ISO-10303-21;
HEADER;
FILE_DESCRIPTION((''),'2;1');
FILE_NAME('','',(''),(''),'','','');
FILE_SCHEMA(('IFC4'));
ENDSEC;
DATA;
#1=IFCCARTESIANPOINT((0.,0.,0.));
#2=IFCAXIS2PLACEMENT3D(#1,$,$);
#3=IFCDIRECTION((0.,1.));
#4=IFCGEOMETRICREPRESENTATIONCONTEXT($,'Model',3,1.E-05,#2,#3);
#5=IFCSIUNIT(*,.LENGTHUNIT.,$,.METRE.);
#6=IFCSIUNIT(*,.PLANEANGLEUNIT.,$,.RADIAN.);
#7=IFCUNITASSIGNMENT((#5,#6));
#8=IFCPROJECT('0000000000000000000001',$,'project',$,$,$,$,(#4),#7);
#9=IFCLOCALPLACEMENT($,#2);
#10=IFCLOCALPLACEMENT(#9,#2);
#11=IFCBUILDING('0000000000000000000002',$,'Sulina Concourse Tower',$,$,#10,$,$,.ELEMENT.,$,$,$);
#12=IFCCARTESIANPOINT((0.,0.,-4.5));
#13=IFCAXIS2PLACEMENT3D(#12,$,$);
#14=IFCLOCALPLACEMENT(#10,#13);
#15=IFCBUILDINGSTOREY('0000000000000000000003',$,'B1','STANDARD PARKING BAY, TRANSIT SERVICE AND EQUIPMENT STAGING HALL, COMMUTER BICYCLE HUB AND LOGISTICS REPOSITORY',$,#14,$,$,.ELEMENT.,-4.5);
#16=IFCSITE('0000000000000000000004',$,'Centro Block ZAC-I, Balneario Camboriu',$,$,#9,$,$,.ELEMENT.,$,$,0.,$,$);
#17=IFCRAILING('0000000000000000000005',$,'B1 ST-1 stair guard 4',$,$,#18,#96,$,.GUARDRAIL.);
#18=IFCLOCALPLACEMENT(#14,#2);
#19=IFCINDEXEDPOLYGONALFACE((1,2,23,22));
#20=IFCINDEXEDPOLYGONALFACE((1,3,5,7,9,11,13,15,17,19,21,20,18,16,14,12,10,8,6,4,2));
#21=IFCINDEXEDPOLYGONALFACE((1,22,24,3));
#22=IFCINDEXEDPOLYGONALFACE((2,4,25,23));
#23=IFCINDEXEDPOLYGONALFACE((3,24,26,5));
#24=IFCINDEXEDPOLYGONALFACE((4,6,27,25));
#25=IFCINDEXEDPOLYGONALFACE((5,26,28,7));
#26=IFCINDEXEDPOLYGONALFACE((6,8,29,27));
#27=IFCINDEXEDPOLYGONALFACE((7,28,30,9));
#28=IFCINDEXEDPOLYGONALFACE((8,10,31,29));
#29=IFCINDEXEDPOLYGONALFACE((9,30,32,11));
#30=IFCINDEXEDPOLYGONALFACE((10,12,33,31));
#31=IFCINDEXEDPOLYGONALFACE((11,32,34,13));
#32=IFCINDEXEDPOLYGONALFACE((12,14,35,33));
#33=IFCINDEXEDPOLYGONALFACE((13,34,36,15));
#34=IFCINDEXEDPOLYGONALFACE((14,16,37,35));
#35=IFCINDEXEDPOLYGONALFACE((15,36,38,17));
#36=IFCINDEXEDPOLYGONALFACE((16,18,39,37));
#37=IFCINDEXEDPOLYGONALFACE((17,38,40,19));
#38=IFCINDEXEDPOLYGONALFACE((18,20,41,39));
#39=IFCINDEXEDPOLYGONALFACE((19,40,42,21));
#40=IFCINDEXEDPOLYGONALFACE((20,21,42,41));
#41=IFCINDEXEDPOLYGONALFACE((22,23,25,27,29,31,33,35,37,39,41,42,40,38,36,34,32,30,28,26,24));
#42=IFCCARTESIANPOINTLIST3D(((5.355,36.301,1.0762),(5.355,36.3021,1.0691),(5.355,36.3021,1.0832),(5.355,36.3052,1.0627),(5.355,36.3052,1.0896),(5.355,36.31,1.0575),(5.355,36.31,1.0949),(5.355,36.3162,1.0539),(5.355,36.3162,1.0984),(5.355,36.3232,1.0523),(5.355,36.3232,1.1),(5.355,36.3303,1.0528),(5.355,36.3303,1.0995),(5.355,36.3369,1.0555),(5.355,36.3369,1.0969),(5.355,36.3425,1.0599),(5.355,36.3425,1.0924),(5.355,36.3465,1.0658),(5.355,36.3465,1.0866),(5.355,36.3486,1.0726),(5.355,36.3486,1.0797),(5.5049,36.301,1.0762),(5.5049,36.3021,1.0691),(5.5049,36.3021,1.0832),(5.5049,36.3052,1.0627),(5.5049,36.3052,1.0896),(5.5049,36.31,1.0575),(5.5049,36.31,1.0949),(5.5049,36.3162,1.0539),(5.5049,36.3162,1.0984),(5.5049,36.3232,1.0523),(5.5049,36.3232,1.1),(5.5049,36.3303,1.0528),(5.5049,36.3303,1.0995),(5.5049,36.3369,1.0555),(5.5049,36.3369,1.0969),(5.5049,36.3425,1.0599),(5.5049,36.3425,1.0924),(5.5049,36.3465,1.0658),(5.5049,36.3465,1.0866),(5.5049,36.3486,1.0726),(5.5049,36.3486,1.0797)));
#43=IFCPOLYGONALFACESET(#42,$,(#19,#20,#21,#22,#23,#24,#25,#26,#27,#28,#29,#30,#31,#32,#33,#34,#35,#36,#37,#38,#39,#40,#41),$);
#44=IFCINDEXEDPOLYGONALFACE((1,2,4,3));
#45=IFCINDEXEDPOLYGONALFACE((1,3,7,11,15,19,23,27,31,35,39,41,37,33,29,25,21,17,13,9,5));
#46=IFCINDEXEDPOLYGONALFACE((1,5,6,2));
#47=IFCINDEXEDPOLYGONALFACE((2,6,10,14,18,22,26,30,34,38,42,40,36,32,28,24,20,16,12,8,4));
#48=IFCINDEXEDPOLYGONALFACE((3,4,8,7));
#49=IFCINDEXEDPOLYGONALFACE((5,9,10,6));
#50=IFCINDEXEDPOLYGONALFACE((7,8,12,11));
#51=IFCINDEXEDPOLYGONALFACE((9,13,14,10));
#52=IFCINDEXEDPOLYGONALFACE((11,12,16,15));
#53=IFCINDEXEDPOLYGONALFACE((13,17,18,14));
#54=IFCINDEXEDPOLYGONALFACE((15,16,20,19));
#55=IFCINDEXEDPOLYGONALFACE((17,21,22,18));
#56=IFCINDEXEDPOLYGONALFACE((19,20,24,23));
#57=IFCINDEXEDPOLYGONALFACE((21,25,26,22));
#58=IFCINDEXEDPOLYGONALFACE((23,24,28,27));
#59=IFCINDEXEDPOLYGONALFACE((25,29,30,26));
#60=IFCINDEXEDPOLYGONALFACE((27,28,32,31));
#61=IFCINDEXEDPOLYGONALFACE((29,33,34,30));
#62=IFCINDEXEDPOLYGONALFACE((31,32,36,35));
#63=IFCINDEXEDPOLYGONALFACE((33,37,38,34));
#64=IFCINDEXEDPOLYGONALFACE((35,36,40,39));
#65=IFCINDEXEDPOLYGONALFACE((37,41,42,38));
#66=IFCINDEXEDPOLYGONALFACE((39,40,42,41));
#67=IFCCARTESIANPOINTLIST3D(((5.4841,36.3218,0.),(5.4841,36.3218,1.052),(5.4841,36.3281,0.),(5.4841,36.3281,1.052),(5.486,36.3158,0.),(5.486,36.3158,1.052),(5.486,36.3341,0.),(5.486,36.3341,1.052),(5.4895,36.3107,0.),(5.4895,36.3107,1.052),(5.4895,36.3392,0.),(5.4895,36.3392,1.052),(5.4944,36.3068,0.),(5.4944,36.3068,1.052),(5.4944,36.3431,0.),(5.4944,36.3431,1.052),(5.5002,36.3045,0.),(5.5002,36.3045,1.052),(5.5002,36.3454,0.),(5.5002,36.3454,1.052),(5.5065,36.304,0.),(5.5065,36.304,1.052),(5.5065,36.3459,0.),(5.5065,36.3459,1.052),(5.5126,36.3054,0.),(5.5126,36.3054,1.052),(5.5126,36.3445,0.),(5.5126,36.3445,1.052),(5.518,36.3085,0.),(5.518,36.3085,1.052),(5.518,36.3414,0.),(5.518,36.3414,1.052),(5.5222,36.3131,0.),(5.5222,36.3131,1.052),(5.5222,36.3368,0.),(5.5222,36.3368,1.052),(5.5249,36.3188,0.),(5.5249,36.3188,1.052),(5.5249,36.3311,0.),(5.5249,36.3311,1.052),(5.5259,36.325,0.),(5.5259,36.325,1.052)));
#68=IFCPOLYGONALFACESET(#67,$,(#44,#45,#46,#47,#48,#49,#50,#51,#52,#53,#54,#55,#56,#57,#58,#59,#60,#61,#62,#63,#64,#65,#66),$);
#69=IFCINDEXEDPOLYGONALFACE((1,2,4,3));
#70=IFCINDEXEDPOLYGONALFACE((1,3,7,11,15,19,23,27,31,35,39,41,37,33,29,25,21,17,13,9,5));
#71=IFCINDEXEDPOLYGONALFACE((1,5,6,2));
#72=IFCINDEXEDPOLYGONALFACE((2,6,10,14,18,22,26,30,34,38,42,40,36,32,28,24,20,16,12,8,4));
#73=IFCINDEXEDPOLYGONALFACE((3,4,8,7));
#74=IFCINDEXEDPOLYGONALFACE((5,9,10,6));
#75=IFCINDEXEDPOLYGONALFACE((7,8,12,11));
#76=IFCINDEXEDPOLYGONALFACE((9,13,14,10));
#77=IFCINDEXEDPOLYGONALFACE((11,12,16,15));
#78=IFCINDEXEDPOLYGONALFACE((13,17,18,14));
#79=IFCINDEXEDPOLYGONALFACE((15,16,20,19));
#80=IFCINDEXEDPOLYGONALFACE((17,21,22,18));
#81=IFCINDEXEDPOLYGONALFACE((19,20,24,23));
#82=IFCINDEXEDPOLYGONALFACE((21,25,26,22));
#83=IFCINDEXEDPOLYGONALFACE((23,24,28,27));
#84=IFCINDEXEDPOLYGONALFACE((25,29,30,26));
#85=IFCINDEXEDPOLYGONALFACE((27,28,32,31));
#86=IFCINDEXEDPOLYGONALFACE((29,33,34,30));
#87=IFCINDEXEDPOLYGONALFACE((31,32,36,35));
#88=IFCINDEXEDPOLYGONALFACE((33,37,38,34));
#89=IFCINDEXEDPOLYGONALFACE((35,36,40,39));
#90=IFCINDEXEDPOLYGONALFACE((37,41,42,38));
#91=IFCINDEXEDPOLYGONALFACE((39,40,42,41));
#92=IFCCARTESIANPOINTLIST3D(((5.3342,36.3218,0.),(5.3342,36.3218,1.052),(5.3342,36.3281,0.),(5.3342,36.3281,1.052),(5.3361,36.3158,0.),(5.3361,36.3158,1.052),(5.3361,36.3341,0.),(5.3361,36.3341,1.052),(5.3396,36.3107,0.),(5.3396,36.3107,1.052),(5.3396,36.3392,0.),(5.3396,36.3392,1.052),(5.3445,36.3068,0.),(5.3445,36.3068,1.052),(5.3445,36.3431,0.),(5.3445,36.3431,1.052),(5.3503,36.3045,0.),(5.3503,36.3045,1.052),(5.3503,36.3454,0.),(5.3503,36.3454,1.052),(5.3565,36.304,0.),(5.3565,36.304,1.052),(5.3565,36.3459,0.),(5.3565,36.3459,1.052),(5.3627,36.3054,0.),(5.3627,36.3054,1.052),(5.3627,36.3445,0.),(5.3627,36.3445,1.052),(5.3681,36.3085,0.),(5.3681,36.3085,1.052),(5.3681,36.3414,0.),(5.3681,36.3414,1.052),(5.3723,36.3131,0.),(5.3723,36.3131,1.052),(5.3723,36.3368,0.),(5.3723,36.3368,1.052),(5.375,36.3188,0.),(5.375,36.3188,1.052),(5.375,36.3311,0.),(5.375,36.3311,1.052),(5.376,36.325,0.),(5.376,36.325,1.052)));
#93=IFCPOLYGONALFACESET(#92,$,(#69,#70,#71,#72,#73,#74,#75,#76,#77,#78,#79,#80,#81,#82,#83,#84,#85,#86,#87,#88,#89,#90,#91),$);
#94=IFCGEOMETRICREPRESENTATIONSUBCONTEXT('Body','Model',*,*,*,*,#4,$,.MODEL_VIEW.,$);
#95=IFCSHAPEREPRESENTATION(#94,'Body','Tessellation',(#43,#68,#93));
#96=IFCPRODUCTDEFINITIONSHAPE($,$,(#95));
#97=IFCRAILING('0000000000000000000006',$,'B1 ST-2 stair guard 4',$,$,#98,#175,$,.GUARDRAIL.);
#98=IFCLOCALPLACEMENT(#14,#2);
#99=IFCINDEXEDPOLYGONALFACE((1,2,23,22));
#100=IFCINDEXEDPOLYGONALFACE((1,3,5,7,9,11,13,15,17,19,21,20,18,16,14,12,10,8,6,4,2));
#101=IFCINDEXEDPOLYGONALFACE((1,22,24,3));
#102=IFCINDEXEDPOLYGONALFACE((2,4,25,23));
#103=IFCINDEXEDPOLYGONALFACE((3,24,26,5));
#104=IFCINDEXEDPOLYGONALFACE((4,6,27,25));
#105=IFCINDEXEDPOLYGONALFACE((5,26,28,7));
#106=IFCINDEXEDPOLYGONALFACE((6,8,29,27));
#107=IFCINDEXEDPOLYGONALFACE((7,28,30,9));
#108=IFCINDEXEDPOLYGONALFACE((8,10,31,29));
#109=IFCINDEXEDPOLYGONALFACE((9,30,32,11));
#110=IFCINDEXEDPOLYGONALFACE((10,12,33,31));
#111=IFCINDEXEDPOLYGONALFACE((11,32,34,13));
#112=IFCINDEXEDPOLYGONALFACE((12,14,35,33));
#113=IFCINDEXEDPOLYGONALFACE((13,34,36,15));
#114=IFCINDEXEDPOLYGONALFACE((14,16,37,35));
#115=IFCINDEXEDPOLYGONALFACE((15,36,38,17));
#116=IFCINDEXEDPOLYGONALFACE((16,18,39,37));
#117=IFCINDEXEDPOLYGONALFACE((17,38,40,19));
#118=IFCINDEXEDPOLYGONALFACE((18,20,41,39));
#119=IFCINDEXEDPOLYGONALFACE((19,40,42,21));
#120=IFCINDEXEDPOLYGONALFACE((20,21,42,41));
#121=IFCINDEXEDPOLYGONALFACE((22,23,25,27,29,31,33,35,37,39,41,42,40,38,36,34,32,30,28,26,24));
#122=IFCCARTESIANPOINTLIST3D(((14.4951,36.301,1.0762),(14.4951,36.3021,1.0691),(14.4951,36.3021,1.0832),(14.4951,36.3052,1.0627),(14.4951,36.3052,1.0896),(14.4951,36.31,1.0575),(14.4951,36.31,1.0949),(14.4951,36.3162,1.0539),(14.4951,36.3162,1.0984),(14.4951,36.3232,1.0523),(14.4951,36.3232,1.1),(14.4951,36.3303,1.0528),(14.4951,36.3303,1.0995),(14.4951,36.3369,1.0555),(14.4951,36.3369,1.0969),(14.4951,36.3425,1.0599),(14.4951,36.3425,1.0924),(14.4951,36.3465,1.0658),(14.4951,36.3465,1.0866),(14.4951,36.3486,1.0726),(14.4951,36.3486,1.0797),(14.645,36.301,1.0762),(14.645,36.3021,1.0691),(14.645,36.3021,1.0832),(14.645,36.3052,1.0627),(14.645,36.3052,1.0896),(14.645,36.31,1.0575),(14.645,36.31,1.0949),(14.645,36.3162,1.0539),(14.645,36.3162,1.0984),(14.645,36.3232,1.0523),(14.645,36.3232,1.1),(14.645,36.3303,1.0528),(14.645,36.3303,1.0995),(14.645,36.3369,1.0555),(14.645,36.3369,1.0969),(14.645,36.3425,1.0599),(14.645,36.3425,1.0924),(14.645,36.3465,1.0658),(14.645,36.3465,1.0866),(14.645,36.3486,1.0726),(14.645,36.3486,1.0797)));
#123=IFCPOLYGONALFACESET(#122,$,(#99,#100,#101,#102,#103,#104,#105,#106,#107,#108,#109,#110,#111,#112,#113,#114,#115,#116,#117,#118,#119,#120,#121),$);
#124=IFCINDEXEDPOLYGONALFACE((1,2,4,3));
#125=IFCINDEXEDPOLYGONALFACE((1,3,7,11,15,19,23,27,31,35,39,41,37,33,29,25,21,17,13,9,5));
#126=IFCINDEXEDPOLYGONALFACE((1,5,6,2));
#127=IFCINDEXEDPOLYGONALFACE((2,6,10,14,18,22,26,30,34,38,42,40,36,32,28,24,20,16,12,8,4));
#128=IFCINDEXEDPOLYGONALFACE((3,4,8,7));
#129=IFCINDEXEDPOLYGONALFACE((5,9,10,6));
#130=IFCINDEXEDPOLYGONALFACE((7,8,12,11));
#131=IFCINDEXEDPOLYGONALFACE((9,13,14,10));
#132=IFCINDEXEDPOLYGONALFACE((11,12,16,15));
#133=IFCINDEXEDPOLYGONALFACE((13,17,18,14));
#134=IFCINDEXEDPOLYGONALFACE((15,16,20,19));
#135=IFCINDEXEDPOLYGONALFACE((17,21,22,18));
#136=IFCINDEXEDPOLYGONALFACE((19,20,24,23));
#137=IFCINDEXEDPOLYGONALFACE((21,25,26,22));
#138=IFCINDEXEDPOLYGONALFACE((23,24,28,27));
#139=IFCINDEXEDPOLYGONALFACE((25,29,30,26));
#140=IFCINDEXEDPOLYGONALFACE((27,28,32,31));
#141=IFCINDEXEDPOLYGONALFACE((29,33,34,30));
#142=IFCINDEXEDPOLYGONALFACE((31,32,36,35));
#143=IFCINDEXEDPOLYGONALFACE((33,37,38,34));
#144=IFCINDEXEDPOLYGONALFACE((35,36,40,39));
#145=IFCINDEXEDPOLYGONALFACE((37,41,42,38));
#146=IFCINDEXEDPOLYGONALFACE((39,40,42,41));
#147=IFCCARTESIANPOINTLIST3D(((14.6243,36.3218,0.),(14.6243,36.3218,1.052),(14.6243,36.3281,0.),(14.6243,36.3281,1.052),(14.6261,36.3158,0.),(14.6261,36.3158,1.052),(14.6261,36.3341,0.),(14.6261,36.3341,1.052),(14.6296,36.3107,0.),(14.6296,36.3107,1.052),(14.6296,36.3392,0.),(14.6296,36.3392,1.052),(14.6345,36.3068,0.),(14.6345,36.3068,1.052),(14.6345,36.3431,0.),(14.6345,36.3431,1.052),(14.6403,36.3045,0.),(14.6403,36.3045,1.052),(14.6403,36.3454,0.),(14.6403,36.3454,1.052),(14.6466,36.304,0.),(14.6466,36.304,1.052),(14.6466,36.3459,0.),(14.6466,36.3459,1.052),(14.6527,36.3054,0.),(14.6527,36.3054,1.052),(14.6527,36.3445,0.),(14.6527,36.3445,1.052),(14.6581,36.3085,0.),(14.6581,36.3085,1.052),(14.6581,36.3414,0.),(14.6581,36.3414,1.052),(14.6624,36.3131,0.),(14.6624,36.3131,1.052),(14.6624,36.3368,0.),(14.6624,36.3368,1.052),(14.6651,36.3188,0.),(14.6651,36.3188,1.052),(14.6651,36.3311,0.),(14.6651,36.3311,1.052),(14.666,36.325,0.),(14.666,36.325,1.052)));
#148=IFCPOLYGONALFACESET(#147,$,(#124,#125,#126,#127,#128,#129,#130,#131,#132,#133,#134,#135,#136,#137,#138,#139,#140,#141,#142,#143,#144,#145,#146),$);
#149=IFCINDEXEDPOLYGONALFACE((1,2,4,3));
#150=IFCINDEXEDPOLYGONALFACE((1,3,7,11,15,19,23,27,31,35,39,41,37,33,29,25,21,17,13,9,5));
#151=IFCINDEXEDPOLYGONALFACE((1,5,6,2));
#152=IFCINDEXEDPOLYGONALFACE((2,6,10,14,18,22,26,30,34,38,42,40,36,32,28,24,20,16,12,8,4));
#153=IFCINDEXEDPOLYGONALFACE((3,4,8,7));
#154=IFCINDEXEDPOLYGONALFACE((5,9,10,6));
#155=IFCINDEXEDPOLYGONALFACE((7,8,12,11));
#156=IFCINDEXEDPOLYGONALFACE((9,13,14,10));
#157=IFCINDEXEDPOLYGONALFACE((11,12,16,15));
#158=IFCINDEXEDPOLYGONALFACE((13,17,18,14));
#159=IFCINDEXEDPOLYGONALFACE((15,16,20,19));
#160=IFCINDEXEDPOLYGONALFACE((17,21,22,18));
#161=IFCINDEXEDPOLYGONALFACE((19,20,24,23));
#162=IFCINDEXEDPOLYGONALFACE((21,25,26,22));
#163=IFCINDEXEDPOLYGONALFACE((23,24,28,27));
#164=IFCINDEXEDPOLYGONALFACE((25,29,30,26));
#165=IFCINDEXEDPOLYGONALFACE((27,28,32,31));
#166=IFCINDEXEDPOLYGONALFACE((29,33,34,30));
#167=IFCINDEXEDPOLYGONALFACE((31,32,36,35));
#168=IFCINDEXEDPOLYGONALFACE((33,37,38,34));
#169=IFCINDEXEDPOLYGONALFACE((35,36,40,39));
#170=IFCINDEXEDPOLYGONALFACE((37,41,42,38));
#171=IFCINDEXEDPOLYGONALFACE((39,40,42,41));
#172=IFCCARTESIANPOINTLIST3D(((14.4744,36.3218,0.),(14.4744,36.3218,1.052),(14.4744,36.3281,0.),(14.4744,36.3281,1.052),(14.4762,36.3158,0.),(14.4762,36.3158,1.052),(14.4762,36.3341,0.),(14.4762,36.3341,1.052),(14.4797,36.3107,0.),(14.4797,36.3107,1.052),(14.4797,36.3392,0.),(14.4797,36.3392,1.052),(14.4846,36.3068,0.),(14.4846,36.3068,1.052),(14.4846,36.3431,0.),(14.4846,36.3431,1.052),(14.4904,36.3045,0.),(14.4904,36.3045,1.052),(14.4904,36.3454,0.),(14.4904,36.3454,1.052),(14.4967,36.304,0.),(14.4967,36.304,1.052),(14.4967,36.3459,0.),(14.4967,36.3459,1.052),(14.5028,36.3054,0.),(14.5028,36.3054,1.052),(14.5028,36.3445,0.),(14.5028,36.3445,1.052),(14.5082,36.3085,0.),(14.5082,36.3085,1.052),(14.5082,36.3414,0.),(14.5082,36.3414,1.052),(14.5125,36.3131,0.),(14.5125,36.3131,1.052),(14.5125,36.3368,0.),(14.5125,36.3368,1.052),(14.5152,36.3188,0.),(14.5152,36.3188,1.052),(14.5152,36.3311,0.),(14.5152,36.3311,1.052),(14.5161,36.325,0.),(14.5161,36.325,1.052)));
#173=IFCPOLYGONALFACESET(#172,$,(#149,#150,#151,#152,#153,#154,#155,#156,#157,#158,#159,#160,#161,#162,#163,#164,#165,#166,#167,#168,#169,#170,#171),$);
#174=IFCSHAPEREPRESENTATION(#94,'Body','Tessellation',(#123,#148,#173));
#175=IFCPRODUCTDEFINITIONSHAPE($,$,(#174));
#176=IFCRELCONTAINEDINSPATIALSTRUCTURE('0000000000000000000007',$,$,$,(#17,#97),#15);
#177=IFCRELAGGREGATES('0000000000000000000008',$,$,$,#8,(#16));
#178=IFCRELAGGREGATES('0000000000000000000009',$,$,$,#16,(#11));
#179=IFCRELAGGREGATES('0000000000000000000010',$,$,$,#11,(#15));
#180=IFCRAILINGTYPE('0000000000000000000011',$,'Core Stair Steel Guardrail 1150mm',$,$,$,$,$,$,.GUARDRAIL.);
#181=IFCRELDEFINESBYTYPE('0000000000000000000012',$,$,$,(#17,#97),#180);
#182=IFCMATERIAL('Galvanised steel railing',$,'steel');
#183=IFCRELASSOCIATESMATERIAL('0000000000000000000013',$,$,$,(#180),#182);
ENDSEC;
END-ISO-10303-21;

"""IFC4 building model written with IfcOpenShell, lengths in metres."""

from ifc_helpers import new_model, si_unit, direction, frame, origin, origin_2d, place, context, subcontext, project, spatial, circle, extrude, material, type_object, element, save


model = new_model("IFC4")

# Units and contexts
model_context = context("Model", 3, precision=1e-05, world=origin(), true_north=direction((0.0, 1.0)))
body_context = subcontext(model_context, "Body", "Model", "MODEL_VIEW")
ifc_project = project(units=[si_unit("LENGTHUNIT", "METRE"), si_unit("PLANEANGLEUNIT", "RADIAN")], contexts=[model_context])

# Site, building, storey
site_placement = place(None, origin())
site = spatial("IfcSite", under=ifc_project, at=site_placement, Name="Centro Block ZAC-I, Balneario Camboriu", CompositionType="ELEMENT", RefElevation=0.0)
building_placement = place(site_placement, origin())
building = spatial("IfcBuilding", under=site, at=building_placement, Name="Sulina Concourse Tower", CompositionType="ELEMENT")
storey_placement = place(building_placement, frame((0.0, 0.0, -4.5)))
storey = spatial("IfcBuildingStorey", under=building, at=storey_placement, Name="B1", Description="STANDARD PARKING BAY, TRANSIT SERVICE AND EQUIPMENT STAGING HALL, COMMUTER BICYCLE HUB AND LOGISTICS REPOSITORY", CompositionType="ELEMENT", Elevation=-4.5)

# Railings
ifc_material_1 = material(Name="Galvanised steel railing", Category="steel")
railing_type = type_object("IfcRailingType", Name="Core Stair Steel Guardrail 1150mm", PredefinedType="GUARDRAIL", material=ifc_material_1)
for number, where, name in (
    (1, (5.5049, 36.325, 0.0), "B1 ST-1 stair guard 4"),
    (2, (14.645, 36.325, 0.0), "B1 ST-2 stair guard 4"),
):
    element("IfcRailing", number, at=place(storey_placement, frame(where)), inside=storey, type_object=railing_type, Name=name, PredefinedType="GUARDRAIL", context=body_context, shape_type="SweptSolid", body=[
        extrude(circle(Radius=0.0239, at=origin_2d()), frame((0.0, 0.0, 1.0762), z_axis=(-1.0, 0.0, 0.0), x_axis=(0.0, -1.0, 0.0)), (0.0, 0.0, 1.0), 0.1499),
        extrude(circle(Radius=0.021, at=origin_2d()), origin(), (0.0, 0.0, 1.0), 1.052),
        extrude(circle(Radius=0.021, at=origin_2d()), frame((-0.1499, 0.0, 0.0)), (0.0, 0.0, 1.0), 1.052),
    ])

save(model, "model.ifc")
